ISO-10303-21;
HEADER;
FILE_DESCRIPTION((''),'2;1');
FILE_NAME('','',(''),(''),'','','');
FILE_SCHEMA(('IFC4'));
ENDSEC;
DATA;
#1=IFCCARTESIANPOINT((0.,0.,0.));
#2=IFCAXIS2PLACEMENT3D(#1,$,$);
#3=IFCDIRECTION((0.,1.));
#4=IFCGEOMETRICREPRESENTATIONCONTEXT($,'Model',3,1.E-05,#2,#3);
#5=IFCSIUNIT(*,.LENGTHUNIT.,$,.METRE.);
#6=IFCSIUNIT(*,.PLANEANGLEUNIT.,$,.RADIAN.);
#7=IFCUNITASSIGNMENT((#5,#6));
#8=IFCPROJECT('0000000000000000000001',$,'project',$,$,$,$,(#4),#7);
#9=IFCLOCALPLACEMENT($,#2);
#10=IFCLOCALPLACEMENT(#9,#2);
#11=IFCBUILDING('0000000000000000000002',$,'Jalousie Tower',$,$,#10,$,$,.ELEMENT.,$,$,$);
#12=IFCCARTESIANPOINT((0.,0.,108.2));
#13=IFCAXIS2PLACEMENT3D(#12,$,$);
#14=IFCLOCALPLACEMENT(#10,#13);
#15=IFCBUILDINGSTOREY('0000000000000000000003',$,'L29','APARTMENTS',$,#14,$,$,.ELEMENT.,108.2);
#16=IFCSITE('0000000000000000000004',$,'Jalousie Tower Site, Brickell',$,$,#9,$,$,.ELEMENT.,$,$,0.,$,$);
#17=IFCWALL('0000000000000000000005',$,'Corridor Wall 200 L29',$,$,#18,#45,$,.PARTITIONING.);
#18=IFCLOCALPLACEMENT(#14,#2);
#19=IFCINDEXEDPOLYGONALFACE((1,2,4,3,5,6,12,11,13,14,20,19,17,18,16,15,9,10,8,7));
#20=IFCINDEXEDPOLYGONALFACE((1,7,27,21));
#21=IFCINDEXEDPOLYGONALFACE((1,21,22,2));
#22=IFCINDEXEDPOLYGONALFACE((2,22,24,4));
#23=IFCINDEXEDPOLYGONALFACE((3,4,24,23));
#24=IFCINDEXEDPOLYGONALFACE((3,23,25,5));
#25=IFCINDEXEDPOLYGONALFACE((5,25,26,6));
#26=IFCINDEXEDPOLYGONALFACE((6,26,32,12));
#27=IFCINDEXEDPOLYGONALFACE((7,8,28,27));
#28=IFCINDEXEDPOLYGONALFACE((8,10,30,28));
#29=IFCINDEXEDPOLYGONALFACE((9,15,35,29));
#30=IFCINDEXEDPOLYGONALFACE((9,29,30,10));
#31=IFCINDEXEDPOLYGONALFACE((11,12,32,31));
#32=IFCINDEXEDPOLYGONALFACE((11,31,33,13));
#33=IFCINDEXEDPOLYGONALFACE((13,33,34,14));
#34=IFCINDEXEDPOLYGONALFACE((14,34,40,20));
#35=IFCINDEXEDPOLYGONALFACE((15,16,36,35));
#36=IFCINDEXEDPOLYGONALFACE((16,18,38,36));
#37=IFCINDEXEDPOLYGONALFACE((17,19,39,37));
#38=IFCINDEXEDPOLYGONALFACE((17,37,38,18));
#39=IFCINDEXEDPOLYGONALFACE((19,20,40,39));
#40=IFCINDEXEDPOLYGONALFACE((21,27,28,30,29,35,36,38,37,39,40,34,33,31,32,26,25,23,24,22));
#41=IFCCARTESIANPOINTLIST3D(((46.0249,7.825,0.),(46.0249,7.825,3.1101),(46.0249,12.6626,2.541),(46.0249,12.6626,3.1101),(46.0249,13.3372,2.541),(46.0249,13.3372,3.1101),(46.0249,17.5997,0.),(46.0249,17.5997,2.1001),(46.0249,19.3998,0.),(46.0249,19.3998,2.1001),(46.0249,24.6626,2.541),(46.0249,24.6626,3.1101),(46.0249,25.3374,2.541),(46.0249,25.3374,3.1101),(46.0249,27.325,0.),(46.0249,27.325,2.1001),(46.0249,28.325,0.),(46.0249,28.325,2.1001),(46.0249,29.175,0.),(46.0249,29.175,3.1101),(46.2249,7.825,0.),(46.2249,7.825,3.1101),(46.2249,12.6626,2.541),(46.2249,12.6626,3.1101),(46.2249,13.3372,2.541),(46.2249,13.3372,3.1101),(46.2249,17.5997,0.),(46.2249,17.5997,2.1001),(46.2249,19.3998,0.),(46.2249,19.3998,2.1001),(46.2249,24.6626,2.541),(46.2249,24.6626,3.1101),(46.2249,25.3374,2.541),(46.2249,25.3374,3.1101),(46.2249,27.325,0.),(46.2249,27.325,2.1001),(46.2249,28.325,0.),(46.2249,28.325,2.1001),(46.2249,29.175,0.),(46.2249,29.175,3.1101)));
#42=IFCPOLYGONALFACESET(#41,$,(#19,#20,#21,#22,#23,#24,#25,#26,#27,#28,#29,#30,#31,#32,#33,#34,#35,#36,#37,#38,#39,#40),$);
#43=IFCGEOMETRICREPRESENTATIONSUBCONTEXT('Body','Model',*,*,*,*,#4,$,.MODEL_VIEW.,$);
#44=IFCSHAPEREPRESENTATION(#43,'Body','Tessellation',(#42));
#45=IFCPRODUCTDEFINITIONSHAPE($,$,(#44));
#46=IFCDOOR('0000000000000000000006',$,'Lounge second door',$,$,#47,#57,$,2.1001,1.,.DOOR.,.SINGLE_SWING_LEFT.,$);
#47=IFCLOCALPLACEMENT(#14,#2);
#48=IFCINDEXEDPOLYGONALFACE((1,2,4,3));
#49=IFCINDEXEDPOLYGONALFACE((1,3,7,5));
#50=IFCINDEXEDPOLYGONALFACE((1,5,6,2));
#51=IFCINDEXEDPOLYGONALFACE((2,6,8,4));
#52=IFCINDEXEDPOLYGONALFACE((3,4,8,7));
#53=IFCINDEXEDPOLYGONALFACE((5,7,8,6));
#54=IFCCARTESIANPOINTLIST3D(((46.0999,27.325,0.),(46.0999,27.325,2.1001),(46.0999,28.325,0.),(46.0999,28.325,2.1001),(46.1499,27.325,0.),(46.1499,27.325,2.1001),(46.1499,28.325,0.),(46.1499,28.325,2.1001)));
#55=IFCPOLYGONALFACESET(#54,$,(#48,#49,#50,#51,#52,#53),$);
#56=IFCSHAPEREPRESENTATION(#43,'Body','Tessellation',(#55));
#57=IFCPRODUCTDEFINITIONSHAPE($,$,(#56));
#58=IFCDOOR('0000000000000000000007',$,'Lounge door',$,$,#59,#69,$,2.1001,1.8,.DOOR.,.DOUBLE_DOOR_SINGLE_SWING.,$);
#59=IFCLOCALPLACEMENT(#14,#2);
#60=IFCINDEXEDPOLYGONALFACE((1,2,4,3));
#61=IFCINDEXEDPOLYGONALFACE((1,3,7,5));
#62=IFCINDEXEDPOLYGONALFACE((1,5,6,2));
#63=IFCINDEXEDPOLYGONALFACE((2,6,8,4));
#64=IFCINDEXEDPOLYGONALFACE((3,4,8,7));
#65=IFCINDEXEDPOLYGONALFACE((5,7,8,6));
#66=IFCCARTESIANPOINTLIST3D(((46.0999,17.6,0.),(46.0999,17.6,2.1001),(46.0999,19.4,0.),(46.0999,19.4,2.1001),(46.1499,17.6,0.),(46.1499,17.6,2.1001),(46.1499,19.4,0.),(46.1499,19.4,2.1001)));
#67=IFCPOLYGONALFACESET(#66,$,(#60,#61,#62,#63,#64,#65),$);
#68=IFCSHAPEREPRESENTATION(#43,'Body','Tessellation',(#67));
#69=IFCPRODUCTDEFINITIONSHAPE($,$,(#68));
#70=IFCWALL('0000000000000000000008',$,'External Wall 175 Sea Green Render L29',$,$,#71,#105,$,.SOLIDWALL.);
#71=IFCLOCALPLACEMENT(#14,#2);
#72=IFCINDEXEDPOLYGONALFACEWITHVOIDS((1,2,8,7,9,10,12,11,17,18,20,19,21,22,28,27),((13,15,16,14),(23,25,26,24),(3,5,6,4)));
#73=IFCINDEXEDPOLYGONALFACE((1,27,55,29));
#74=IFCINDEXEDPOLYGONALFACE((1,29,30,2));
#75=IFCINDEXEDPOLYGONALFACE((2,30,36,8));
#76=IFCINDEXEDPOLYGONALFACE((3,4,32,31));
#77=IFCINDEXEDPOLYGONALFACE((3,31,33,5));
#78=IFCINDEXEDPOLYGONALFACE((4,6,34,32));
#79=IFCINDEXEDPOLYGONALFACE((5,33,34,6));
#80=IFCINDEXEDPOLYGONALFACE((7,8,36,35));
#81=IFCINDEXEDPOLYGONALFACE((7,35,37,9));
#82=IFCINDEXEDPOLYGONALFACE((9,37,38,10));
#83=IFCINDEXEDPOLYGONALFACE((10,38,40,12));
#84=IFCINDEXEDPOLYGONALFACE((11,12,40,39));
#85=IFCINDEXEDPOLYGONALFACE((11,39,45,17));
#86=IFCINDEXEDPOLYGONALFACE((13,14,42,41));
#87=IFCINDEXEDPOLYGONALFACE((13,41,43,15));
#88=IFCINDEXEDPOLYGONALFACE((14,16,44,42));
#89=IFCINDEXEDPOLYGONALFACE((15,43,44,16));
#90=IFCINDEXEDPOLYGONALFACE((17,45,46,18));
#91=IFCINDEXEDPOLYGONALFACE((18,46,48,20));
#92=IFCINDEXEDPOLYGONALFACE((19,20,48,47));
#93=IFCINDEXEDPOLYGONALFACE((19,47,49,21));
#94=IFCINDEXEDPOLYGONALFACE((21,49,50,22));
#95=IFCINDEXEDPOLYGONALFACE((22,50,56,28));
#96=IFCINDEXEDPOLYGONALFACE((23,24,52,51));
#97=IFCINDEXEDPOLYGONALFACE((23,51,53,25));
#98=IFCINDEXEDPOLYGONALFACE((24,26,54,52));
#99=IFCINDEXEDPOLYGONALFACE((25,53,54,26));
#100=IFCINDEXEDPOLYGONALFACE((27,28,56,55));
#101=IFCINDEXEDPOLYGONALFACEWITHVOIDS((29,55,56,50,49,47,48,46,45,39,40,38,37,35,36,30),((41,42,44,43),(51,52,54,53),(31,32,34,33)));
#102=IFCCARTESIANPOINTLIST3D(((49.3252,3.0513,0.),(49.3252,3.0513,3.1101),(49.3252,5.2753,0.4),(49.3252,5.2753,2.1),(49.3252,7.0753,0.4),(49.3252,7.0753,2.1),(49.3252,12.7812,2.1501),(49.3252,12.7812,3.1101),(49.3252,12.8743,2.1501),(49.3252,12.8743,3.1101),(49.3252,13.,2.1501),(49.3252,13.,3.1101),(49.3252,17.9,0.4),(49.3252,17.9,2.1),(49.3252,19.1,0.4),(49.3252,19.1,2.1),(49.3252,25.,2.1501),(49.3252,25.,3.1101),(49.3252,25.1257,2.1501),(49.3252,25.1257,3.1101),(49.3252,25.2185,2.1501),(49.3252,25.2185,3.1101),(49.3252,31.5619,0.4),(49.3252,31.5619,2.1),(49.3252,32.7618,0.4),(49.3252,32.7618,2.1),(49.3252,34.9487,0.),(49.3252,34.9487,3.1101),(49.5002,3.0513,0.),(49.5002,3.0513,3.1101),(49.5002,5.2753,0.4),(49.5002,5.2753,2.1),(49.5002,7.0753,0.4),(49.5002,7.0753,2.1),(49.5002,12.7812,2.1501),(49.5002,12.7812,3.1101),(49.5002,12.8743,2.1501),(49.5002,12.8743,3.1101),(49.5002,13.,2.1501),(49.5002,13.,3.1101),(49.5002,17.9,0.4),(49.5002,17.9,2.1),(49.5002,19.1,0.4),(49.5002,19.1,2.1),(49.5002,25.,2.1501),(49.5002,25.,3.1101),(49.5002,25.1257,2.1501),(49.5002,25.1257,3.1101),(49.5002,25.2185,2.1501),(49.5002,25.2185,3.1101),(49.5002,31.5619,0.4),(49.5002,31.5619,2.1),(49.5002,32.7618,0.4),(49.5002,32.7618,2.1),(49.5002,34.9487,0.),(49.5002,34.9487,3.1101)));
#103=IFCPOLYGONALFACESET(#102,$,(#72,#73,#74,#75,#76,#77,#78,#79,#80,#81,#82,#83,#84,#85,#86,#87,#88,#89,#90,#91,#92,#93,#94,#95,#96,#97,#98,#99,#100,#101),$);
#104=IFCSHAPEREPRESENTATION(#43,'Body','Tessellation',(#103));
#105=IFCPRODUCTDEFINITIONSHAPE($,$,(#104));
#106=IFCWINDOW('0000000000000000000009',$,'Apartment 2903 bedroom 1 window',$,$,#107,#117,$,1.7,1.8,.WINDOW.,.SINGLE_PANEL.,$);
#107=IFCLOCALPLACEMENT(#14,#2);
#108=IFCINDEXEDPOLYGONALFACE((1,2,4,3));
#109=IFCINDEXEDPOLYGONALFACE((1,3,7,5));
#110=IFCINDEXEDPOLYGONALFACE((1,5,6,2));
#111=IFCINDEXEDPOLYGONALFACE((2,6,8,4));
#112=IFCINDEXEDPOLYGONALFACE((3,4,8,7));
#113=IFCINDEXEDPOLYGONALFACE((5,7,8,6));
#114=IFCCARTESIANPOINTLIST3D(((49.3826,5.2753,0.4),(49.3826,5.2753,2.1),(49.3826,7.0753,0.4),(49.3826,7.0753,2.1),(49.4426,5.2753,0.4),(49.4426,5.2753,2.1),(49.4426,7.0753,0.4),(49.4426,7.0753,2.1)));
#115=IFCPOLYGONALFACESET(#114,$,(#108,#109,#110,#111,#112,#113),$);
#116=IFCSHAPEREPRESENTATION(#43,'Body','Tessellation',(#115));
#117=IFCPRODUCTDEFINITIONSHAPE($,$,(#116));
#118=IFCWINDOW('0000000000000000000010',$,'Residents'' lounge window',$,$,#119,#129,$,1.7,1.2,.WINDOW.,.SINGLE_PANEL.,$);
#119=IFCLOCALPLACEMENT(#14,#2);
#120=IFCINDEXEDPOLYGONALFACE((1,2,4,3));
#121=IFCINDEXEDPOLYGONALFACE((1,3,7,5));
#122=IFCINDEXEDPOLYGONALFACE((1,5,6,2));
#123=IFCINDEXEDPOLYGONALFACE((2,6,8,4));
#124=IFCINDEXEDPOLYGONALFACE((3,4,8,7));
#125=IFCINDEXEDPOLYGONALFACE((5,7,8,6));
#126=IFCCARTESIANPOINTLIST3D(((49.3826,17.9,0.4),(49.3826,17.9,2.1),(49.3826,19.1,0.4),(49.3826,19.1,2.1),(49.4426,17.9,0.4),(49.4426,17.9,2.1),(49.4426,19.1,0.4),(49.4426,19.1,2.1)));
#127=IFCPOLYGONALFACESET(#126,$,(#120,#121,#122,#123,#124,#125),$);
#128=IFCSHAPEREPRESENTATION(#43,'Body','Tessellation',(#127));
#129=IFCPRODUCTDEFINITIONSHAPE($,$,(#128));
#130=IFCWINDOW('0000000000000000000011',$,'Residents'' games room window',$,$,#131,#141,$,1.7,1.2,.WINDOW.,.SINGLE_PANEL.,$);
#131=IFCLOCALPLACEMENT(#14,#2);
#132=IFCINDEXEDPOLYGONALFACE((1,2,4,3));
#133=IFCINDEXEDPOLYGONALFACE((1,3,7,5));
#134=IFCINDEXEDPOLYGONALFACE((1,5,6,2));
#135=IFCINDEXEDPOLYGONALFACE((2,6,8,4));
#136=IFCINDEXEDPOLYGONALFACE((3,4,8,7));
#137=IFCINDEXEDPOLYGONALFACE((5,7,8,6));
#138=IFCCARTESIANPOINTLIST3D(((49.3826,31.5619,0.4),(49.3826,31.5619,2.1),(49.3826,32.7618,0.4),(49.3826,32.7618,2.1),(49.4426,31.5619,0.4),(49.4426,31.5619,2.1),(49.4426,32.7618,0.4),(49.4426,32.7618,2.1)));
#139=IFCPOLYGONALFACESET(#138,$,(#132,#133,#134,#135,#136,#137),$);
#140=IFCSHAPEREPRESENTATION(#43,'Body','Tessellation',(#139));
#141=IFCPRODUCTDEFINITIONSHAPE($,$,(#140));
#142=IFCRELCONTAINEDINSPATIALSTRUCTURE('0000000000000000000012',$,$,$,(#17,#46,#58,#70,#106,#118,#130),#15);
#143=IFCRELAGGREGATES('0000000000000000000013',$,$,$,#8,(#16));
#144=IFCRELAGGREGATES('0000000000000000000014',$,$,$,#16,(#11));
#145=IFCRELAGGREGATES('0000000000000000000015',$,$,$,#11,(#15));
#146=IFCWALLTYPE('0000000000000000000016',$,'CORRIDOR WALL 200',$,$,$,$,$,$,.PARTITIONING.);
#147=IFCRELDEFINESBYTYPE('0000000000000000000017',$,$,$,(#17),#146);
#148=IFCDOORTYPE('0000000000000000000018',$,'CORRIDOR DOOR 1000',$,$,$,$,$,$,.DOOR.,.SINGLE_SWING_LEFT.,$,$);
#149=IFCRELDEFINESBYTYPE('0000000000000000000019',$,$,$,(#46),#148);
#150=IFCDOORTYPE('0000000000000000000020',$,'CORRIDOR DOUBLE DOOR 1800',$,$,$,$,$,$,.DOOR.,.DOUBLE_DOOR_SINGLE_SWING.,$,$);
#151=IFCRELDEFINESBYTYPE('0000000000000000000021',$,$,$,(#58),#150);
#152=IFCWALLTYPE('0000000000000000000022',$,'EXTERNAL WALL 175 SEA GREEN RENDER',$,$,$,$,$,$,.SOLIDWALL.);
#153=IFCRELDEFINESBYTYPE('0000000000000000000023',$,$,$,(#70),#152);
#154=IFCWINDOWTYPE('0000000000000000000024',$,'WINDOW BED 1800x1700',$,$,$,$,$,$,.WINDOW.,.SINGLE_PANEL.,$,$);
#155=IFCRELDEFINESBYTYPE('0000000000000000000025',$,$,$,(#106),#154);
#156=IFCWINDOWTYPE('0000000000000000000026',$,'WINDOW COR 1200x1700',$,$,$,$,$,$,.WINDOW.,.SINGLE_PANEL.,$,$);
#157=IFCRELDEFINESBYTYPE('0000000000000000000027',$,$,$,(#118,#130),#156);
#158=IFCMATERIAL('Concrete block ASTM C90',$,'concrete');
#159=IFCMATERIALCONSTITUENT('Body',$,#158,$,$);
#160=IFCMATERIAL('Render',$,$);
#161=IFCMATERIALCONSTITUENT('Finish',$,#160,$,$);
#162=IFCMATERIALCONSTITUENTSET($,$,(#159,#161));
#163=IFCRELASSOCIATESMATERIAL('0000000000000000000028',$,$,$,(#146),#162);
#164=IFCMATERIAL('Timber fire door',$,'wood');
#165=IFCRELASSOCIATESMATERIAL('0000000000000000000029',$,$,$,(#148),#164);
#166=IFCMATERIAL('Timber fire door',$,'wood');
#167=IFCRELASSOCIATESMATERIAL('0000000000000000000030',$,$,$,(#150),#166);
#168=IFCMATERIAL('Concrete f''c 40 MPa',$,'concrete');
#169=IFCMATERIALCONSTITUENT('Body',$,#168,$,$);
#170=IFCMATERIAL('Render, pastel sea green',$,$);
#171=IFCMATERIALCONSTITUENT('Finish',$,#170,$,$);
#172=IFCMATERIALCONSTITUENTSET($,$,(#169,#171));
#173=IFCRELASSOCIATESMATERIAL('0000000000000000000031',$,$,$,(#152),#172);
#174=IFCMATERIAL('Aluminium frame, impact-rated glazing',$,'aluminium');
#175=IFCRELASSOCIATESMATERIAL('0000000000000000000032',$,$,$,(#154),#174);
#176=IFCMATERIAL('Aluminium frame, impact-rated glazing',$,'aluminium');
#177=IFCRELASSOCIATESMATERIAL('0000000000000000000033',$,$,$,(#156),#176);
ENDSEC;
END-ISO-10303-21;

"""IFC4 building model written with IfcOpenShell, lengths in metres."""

from ifc_helpers import new_model, si_unit, direction, frame, frame_2d, origin, place, context, subcontext, project, spatial, polyline, rectangle, outline, extrude, material, constituent, constituent_set, type_object, element, fill, save


model = new_model("IFC4")

# Units and contexts
model_context = context("Model", 3, precision=1e-05, world=origin(), true_north=direction((0.0, 1.0)))
body_context = subcontext(model_context, "Body", "Model", "MODEL_VIEW")
ifc_project = project(units=[si_unit("LENGTHUNIT", "METRE"), si_unit("PLANEANGLEUNIT", "RADIAN")], contexts=[model_context])

# Site, building, storey
site_placement = place(None, origin())
site = spatial("IfcSite", under=ifc_project, at=site_placement, Name="Jalousie Tower Site, Brickell", CompositionType="ELEMENT", RefElevation=0.0)
building_placement = place(site_placement, origin())
building = spatial("IfcBuilding", under=site, at=building_placement, Name="Jalousie Tower", CompositionType="ELEMENT")
storey_placement = place(building_placement, frame((0.0, 0.0, 108.2)))
storey = spatial("IfcBuildingStorey", under=building, at=storey_placement, Name="L29", Description="APARTMENTS", CompositionType="ELEMENT", Elevation=108.2)

# Wall, openings, doors
ifc_material_1 = material(Name="Concrete block ASTM C90", Category="concrete")
ifc_constituent_1 = constituent(ifc_material_1, Name="Body")
ifc_material_2 = material(Name="Render")
ifc_constituent_2 = constituent(ifc_material_2, Name="Finish")
ifc_constituent_set_1 = constituent_set(constituents=[ifc_constituent_1, ifc_constituent_2])
wall_type_1 = type_object("IfcWallType", Name="CORRIDOR WALL 200", PredefinedType="PARTITIONING", material=ifc_constituent_set_1)
wall_1_placement = place(storey_placement, frame((46.125, 7.825, 0.0), z_axis=(0.0, 0.0, 1.0), x_axis=(0.0, 1.0, 0.0)))
wall_1 = element("IfcWall", 1, at=wall_1_placement, inside=storey, type_object=wall_type_1, Name="Corridor Wall 200 L29", PredefinedType="PARTITIONING", context=body_context, shape_type="SweptSolid", body=[
    extrude(outline(polyline([(0.0, 0.0), (21.3501, 0.0), (21.3501, 3.1101), (17.5125, 3.1101), (17.5125, 2.541), (16.8376, 2.541), (16.8376, 3.1101), (5.5122, 3.1101), (5.5122, 2.541), (4.8376, 2.541), (4.8376, 3.1101), (0.0, 3.1101), (0.0, 0.0)])), frame((0.0, 0.1001, 0.0), z_axis=(0.0, -1.0, 0.0), x_axis=(1.0, 0.0, 0.0)), (0.0, 0.0, 1.0), 0.2),
])
opening_1_placement = place(wall_1_placement, frame((9.7749, 0.0, 0.0)))
opening_1 = element("IfcOpeningElement", 2, at=opening_1_placement, cuts=wall_1, PredefinedType="OPENING", context=body_context, shape_type="SweptSolid", body=[
    extrude(rectangle(XDim=1.8, YDim=2.1001, at=frame_2d((0.8999, 1.05))), frame((0.0, 0.1099, 0.0), z_axis=(0.0, -1.0, 0.0), x_axis=(1.0, 0.0, 0.0)), (0.0, 0.0, 1.0), 0.22),
])
opening_2_placement = place(wall_1_placement, frame((19.5, 0.0, 0.0)))
opening_2 = element("IfcOpeningElement", 3, at=opening_2_placement, cuts=wall_1, PredefinedType="OPENING", context=body_context, shape_type="SweptSolid", body=[
    extrude(rectangle(XDim=1.0, YDim=2.1001, at=frame_2d((0.5, 1.05))), frame((0.0, 0.1099, 0.0), z_axis=(0.0, -1.0, 0.0), x_axis=(1.0, 0.0, 0.0)), (0.0, 0.0, 1.0), 0.22),
])
ifc_material_3 = material(Name="Timber fire door", Category="wood")
door_type_1 = type_object("IfcDoorType", Name="CORRIDOR DOOR 1000", OperationType="SINGLE_SWING_LEFT", PredefinedType="DOOR", material=ifc_material_3)
door_1_placement = place(opening_2_placement, frame((1.0, 0.0, 0.0), z_axis=(0.0, 0.0, 1.0), x_axis=(-1.0, 0.0, 0.0)))
door_1 = element("IfcDoor", 4, at=door_1_placement, inside=storey, type_object=door_type_1, Name="Lounge second door", OperationType="SINGLE_SWING_LEFT", OverallHeight=2.1001, OverallWidth=1.0, PredefinedType="DOOR", context=body_context, shape_type="SweptSolid", body=[
    extrude(rectangle(XDim=1.0, YDim=2.1001, at=frame_2d((0.5, 1.05))), frame((0.0, 0.0249, 0.0), z_axis=(0.0, -1.0, 0.0), x_axis=(1.0, 0.0, 0.0)), (0.0, 0.0, 1.0), 0.05),
])
fill(opening_2, door_1)
ifc_material_4 = material(Name="Timber fire door", Category="wood")
door_type_2 = type_object("IfcDoorType", Name="CORRIDOR DOUBLE DOOR 1800", OperationType="DOUBLE_DOOR_SINGLE_SWING", PredefinedType="DOOR", material=ifc_material_4)
door_2_placement = place(opening_1_placement, frame((1.8, 0.0, 0.0), z_axis=(0.0, 0.0, 1.0), x_axis=(-1.0, 0.0, 0.0)))
door_2 = element("IfcDoor", 5, at=door_2_placement, inside=storey, type_object=door_type_2, Name="Lounge door", OperationType="DOUBLE_DOOR_SINGLE_SWING", OverallHeight=2.1001, OverallWidth=1.8, PredefinedType="DOOR", context=body_context, shape_type="SweptSolid", body=[
    extrude(rectangle(XDim=1.8, YDim=2.1001, at=frame_2d((0.8999, 1.05))), frame((0.0, 0.0249, 0.0), z_axis=(0.0, -1.0, 0.0), x_axis=(1.0, 0.0, 0.0)), (0.0, 0.0, 1.0), 0.05),
])
fill(opening_1, door_2)

# Wall, openings, windows
ifc_material_5 = material(Name="Concrete f'c 40 MPa", Category="concrete")
ifc_constituent_3 = constituent(ifc_material_5, Name="Body")
ifc_material_6 = material(Name="Render, pastel sea green")
ifc_constituent_4 = constituent(ifc_material_6, Name="Finish")
ifc_constituent_set_2 = constituent_set(constituents=[ifc_constituent_3, ifc_constituent_4])
wall_type_2 = type_object("IfcWallType", Name="EXTERNAL WALL 175 SEA GREEN RENDER", PredefinedType="SOLIDWALL", material=ifc_constituent_set_2)
wall_2_placement = place(storey_placement, frame((49.4126, 3.0513, 0.0), z_axis=(0.0, 0.0, 1.0), x_axis=(0.0, 1.0, 0.0)))
wall_2 = element("IfcWall", 6, at=wall_2_placement, inside=storey, type_object=wall_type_2, Name="External Wall 175 Sea Green Render L29", PredefinedType="SOLIDWALL", context=body_context, shape_type="SweptSolid", body=[
    extrude(outline(polyline([(0.0, 0.0), (31.8975, 0.0), (31.8975, 3.1101), (22.1672, 3.1101), (22.1672, 2.1501), (22.0745, 2.1501), (22.0745, 3.1101), (21.9487, 3.1101), (21.9487, 2.1501), (9.9487, 2.1501), (9.9487, 3.1101), (9.823, 3.1101), (9.823, 2.1501), (9.73, 2.1501), (9.73, 3.1101), (0.0, 3.1101), (0.0, 0.0)])), frame((0.0, 0.0874, 0.0), z_axis=(0.0, -1.0, 0.0), x_axis=(1.0, 0.0, 0.0)), (0.0, 0.0, 1.0), 0.175),
])
opening_3_placement = place(wall_2_placement, frame((2.2241, 0.0, 0.3999)))
opening_3 = element("IfcOpeningElement", 7, at=opening_3_placement, cuts=wall_2, PredefinedType="OPENING", context=body_context, shape_type="SweptSolid", body=[
    extrude(rectangle(XDim=1.8, YDim=1.7, at=frame_2d((0.8999, 0.8501))), frame((0.0, 0.0974, 0.0), z_axis=(0.0, -1.0, 0.0), x_axis=(1.0, 0.0, 0.0)), (0.0, 0.0, 1.0), 0.1951),
])
opening_4_placement = place(wall_2_placement, frame((14.8486, 0.0, 0.3999)))
opening_4 = element("IfcOpeningElement", 8, at=opening_4_placement, cuts=wall_2, PredefinedType="OPENING", context=body_context, shape_type="SweptSolid", body=[
    extrude(rectangle(XDim=1.2, YDim=1.7, at=frame_2d((0.6001, 0.8501))), frame((0.0, 0.0974, 0.0), z_axis=(0.0, -1.0, 0.0), x_axis=(1.0, 0.0, 0.0)), (0.0, 0.0, 1.0), 0.1951),
])
opening_5_placement = place(wall_2_placement, frame((28.5105, 0.0, 0.3999)))
opening_5 = element("IfcOpeningElement", 9, at=opening_5_placement, cuts=wall_2, PredefinedType="OPENING", context=body_context, shape_type="SweptSolid", body=[
    extrude(rectangle(XDim=1.2, YDim=1.7, at=frame_2d((0.6001, 0.8501))), frame((0.0, 0.0974, 0.0), z_axis=(0.0, -1.0, 0.0), x_axis=(1.0, 0.0, 0.0)), (0.0, 0.0, 1.0), 0.1951),
])
ifc_material_7 = material(Name="Aluminium frame, impact-rated glazing", Category="aluminium")
window_type_1 = type_object("IfcWindowType", Name="WINDOW BED 1800x1700", PartitioningType="SINGLE_PANEL", PredefinedType="WINDOW", material=ifc_material_7)
window_1_placement = place(opening_3_placement, origin())
window_1 = element("IfcWindow", 10, at=window_1_placement, inside=storey, type_object=window_type_1, Name="Apartment 2903 bedroom 1 window", OverallHeight=1.7, OverallWidth=1.8, PartitioningType="SINGLE_PANEL", PredefinedType="WINDOW", context=body_context, shape_type="SweptSolid", body=[
    extrude(rectangle(XDim=1.8, YDim=1.7, at=frame_2d((0.8999, 0.8501))), frame((0.0, 0.03, 0.0), z_axis=(0.0, -1.0, 0.0), x_axis=(1.0, 0.0, 0.0)), (0.0, 0.0, 1.0), 0.0601),
])
fill(opening_3, window_1)
ifc_material_8 = material(Name="Aluminium frame, impact-rated glazing", Category="aluminium")
window_type_2 = type_object("IfcWindowType", Name="WINDOW COR 1200x1700", PartitioningType="SINGLE_PANEL", PredefinedType="WINDOW", material=ifc_material_8)
window_2_placement = place(opening_4_placement, origin())
window_2 = element("IfcWindow", 11, at=window_2_placement, inside=storey, type_object=window_type_2, Name="Residents' lounge window", OverallHeight=1.7, OverallWidth=1.2, PartitioningType="SINGLE_PANEL", PredefinedType="WINDOW", context=body_context, shape_type="SweptSolid", body=[
    extrude(rectangle(XDim=1.2, YDim=1.7, at=frame_2d((0.6001, 0.8501))), frame((0.0, 0.03, 0.0), z_axis=(0.0, -1.0, 0.0), x_axis=(1.0, 0.0, 0.0)), (0.0, 0.0, 1.0), 0.0601),
])
fill(opening_4, window_2)
window_3_placement = place(opening_5_placement, origin())
window_3 = element("IfcWindow", 12, at=window_3_placement, inside=storey, type_object=window_type_2, Name="Residents' games room window", OverallHeight=1.7, OverallWidth=1.2, PartitioningType="SINGLE_PANEL", PredefinedType="WINDOW", context=body_context, shape_type="SweptSolid", body=[
    extrude(rectangle(XDim=1.2, YDim=1.7, at=frame_2d((0.6001, 0.8501))), frame((0.0, 0.03, 0.0), z_axis=(0.0, -1.0, 0.0), x_axis=(1.0, 0.0, 0.0)), (0.0, 0.0, 1.0), 0.0601),
])
fill(opening_5, window_3)

save(model, "model.ifc")
